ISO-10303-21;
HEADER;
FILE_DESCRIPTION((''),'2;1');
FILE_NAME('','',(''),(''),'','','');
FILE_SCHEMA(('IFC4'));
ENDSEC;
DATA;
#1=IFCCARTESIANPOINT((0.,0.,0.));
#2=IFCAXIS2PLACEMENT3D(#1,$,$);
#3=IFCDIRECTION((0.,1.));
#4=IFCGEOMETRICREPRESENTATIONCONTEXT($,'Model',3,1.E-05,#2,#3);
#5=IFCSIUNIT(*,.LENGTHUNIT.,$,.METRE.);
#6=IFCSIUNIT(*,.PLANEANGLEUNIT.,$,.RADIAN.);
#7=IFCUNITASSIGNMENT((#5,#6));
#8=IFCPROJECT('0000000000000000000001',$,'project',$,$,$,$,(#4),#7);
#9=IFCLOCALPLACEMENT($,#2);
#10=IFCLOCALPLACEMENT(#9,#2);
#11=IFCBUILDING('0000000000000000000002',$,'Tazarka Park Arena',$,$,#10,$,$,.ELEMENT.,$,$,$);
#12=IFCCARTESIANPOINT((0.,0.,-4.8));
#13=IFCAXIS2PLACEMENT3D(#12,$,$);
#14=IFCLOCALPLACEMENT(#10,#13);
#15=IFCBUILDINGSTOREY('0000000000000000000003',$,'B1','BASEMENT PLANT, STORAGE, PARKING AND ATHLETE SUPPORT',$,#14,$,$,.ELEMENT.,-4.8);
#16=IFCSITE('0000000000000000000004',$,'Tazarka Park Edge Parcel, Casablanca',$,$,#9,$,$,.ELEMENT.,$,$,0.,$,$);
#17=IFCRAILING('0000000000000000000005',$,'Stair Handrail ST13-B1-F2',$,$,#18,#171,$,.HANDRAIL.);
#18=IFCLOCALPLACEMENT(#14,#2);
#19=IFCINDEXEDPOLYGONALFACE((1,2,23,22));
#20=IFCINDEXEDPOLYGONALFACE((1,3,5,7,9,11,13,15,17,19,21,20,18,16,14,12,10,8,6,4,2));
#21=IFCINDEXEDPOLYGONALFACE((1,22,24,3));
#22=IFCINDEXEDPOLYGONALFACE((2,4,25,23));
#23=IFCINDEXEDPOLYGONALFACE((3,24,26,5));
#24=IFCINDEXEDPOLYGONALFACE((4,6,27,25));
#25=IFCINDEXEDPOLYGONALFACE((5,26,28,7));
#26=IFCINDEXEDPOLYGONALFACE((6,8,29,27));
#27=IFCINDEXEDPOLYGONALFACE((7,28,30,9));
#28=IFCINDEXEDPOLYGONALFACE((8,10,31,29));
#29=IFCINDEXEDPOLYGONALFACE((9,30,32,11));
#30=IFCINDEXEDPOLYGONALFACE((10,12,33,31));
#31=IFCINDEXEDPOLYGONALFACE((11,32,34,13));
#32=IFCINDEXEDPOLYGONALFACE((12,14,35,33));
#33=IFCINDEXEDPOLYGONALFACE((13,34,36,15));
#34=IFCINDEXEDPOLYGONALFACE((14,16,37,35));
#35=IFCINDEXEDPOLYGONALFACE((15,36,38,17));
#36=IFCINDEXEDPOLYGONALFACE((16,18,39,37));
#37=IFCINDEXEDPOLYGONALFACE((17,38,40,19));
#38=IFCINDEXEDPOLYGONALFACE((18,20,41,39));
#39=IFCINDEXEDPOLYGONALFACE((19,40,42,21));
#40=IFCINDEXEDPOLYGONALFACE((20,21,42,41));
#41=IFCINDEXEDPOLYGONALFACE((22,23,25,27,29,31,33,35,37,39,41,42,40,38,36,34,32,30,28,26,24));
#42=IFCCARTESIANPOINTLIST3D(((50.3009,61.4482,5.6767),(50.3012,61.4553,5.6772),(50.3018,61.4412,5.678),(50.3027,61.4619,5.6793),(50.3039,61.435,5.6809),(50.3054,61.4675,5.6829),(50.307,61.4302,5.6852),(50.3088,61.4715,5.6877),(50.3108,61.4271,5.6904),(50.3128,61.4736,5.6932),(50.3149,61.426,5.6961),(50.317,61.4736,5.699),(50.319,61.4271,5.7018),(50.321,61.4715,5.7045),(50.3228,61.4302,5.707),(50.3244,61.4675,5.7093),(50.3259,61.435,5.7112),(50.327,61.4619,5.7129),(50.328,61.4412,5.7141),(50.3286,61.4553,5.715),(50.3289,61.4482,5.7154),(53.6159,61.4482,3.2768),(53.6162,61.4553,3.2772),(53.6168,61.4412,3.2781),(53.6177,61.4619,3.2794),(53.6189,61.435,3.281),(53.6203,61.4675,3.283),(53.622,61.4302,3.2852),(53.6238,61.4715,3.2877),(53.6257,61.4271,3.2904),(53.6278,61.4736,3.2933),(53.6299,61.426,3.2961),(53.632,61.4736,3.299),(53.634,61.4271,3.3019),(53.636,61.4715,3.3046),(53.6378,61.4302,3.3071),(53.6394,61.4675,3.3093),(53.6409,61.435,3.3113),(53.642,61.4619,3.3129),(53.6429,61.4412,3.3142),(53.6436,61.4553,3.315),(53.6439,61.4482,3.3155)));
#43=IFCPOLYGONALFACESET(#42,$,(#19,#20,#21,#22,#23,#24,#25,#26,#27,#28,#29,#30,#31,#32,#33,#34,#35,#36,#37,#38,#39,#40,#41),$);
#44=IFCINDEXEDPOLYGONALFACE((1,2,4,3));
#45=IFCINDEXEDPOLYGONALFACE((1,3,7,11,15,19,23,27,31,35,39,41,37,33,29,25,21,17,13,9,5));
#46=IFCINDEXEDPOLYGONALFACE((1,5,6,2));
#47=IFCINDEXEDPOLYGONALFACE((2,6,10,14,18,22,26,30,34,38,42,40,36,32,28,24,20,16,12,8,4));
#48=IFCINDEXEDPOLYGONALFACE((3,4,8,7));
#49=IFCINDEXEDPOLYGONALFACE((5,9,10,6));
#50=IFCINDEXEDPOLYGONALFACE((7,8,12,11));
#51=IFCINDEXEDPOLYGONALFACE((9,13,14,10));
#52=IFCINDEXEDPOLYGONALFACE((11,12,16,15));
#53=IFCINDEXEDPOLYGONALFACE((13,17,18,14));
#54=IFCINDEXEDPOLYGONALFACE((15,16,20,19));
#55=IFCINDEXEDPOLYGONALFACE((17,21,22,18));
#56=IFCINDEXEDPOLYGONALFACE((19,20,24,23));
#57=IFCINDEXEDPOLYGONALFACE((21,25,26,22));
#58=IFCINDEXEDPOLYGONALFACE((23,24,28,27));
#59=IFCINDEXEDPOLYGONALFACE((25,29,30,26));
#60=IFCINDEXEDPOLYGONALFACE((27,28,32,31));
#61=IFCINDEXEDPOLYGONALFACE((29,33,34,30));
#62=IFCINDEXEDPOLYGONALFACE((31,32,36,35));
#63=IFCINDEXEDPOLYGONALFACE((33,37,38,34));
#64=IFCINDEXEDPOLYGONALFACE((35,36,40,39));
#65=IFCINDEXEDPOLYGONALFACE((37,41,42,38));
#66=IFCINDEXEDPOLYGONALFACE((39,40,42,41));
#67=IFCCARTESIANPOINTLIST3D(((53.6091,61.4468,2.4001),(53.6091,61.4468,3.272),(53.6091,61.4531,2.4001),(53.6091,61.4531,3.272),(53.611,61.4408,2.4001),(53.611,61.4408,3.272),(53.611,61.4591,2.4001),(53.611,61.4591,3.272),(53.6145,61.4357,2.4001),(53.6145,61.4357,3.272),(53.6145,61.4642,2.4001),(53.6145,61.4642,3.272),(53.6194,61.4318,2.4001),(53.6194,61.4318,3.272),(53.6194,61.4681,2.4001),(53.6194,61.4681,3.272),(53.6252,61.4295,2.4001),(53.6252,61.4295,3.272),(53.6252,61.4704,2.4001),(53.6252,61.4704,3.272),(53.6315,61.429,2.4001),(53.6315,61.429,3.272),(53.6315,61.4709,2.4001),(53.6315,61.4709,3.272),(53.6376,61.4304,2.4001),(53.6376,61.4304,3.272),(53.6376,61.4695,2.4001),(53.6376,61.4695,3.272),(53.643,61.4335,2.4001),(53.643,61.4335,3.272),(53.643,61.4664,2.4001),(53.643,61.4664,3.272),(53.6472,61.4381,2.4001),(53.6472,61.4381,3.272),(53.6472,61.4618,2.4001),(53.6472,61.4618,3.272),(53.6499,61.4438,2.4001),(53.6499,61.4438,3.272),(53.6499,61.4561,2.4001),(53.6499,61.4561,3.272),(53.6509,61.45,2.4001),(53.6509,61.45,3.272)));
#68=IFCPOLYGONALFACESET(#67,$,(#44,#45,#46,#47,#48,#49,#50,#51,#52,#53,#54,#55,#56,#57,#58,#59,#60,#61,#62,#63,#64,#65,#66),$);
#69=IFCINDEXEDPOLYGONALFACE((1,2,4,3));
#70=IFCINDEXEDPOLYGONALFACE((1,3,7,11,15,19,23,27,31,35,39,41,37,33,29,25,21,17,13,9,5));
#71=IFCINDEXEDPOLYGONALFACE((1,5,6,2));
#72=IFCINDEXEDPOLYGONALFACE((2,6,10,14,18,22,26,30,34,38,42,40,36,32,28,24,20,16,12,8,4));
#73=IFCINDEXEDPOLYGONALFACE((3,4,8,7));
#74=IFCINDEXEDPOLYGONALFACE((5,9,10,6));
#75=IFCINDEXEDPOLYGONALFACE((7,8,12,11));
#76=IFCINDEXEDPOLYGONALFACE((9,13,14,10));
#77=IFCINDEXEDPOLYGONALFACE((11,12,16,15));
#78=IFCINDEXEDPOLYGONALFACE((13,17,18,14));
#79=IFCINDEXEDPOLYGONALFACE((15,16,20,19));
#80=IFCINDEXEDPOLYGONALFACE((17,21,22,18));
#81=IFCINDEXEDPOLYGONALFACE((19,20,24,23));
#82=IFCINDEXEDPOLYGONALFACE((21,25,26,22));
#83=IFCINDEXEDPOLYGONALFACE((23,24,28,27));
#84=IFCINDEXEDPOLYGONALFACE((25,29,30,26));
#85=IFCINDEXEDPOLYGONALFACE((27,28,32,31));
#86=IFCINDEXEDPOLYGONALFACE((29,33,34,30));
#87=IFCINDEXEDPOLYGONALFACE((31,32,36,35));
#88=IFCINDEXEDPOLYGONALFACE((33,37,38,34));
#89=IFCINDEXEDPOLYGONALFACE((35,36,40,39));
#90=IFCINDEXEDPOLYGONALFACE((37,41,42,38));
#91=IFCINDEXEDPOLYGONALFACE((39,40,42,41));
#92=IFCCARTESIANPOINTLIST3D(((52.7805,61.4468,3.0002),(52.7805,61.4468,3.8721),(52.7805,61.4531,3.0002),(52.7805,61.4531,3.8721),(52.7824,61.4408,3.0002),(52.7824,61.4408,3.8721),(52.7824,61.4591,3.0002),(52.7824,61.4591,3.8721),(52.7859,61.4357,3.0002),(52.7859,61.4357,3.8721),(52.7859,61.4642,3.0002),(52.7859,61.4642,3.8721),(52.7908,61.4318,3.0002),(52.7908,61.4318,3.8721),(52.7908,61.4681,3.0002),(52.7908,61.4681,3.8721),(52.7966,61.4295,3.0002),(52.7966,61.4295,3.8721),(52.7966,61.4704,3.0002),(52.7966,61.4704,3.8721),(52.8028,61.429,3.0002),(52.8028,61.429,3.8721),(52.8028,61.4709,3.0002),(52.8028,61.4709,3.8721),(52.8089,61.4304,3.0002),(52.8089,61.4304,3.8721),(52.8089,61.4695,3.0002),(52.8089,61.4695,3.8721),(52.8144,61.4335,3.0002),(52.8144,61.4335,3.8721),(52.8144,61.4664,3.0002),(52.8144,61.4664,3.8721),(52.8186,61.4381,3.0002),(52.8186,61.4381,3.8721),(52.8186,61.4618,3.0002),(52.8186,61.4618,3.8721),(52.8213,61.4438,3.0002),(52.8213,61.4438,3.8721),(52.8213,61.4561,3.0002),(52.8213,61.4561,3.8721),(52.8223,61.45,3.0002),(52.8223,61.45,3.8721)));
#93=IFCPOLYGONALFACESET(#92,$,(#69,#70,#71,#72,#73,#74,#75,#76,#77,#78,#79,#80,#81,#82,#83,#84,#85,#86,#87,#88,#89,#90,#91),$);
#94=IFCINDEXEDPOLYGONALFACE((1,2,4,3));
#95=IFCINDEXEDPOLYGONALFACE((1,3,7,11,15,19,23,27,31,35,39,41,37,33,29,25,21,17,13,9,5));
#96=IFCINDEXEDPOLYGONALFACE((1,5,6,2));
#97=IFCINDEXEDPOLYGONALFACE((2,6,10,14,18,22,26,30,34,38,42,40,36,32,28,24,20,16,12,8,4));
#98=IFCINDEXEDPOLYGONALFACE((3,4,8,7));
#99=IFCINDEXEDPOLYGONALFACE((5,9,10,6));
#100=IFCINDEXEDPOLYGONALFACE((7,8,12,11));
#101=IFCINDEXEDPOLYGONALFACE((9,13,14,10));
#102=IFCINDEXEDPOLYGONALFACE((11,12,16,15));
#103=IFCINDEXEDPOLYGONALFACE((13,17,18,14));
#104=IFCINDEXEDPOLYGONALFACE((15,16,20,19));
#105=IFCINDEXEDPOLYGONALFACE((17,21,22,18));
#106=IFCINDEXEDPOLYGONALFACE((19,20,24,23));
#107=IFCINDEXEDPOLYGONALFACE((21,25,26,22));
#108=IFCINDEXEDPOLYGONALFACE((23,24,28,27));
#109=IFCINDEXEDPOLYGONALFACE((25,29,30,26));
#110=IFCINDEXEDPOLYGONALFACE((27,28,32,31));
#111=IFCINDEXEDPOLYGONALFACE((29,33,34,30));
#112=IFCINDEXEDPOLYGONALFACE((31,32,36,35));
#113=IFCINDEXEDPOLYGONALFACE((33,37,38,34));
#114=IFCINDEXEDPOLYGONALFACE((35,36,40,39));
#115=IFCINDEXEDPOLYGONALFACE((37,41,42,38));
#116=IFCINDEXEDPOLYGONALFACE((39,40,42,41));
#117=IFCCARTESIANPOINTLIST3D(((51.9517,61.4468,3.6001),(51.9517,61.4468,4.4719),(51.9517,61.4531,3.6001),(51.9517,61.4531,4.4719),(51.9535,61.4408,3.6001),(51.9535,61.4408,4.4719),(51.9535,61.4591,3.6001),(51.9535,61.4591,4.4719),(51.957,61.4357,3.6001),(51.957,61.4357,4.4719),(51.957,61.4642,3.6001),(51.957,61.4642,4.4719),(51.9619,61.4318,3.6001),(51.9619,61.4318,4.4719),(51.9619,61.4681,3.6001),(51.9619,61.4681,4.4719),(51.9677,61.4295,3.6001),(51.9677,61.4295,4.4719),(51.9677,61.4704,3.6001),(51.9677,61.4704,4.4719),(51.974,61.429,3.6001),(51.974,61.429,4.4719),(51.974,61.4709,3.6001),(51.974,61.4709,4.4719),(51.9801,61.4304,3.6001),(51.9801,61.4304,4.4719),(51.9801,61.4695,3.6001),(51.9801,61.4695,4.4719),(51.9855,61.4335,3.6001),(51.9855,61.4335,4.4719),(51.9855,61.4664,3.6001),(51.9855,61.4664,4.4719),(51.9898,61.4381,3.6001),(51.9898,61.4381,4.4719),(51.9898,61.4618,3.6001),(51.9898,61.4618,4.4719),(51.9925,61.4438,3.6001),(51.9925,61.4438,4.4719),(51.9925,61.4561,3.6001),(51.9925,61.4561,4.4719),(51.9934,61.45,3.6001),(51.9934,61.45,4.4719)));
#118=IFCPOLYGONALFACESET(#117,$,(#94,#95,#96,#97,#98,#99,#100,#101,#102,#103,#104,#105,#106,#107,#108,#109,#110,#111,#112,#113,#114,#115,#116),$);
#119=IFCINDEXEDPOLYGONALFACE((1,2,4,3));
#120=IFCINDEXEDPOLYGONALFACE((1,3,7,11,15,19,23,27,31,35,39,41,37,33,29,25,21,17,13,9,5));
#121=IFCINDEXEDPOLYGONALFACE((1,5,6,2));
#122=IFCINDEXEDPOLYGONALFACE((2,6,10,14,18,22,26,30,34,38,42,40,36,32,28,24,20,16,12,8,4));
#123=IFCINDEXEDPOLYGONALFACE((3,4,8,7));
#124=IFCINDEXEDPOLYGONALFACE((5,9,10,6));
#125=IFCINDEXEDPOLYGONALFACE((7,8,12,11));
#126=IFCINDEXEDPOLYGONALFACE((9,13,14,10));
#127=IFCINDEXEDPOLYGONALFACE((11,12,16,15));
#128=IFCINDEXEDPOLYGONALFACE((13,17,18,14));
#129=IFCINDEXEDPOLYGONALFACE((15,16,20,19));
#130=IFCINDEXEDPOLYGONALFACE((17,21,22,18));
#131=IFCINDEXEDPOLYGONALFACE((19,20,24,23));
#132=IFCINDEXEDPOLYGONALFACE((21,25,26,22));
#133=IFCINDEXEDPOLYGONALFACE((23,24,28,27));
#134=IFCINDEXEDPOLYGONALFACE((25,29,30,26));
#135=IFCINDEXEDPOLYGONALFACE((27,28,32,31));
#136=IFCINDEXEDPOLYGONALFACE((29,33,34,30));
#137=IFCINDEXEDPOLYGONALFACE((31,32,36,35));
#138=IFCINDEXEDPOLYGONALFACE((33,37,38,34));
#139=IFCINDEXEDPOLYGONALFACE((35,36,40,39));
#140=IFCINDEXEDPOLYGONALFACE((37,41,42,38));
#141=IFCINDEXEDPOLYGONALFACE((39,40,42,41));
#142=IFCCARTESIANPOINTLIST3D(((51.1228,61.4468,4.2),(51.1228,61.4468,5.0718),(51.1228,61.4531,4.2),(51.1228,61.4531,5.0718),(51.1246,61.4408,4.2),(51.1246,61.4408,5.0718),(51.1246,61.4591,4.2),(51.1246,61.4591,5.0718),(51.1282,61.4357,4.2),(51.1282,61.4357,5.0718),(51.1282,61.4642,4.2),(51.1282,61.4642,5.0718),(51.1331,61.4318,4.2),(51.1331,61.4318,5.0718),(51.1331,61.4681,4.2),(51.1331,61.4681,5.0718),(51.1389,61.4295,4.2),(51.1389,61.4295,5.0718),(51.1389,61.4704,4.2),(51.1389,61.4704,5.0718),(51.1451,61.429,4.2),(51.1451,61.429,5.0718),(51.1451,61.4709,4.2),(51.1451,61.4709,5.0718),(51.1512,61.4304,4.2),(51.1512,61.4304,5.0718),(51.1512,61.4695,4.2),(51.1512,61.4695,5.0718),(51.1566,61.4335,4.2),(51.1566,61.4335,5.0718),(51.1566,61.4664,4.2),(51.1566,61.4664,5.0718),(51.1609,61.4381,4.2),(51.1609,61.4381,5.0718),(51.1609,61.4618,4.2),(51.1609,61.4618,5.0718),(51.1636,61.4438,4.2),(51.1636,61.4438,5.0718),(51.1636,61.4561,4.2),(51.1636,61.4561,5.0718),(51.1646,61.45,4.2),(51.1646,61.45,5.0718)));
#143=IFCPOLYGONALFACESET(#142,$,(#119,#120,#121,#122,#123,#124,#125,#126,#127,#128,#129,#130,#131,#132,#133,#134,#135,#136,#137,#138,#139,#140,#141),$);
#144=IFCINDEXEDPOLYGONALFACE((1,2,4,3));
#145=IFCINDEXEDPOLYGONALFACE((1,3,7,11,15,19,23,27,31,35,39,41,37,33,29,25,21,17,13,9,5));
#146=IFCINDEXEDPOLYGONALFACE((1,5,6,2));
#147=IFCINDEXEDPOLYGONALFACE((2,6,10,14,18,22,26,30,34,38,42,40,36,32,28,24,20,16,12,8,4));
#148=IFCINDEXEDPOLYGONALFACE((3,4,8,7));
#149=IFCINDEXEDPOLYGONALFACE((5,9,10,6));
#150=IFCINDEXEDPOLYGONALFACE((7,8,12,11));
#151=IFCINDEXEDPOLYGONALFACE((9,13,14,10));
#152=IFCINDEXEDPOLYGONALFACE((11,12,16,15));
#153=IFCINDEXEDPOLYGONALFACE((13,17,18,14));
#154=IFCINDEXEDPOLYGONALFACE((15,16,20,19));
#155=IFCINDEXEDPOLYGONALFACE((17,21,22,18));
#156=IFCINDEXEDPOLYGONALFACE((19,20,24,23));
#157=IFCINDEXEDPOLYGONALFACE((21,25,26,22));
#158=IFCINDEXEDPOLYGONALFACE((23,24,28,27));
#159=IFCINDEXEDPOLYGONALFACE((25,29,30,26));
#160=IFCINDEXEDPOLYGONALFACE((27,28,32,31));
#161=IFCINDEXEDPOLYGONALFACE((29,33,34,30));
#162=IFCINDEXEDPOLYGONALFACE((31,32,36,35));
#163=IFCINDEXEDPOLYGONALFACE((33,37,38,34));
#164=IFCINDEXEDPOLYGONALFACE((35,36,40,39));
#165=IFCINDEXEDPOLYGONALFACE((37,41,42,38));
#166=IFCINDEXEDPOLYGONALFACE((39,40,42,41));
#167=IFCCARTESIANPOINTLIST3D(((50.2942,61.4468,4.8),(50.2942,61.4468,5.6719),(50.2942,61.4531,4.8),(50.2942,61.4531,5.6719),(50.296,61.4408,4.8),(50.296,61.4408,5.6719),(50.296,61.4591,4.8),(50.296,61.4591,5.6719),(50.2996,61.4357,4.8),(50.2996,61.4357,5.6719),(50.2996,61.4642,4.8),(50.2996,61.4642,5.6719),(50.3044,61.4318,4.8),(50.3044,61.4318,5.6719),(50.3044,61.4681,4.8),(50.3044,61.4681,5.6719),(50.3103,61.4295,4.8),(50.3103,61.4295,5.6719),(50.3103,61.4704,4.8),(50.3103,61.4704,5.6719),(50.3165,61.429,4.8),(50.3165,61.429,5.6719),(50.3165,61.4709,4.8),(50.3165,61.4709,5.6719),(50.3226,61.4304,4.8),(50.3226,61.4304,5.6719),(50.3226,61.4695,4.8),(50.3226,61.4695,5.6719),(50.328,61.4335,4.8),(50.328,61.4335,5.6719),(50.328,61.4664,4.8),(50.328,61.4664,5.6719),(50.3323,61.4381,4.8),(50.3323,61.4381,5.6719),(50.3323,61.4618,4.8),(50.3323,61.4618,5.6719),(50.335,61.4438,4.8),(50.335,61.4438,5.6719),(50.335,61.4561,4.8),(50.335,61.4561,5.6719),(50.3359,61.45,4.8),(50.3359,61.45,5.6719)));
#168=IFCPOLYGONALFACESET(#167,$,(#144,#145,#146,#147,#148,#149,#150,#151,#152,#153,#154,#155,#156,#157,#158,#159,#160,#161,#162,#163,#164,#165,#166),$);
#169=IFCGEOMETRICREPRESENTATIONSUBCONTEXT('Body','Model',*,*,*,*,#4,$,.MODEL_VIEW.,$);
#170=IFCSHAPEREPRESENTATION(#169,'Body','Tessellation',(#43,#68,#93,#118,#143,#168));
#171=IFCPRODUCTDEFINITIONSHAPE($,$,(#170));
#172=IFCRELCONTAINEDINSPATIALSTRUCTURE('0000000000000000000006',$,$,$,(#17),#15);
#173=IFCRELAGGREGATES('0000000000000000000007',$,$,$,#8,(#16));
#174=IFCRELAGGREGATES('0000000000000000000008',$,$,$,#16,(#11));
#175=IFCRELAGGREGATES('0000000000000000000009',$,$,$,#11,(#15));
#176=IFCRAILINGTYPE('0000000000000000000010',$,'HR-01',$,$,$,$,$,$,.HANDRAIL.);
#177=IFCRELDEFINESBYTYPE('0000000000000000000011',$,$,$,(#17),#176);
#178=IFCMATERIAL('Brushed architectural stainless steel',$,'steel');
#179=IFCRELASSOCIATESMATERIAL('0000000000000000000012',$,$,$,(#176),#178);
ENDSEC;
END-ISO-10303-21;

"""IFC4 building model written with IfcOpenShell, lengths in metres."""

from ifc_helpers import new_model, si_unit, direction, frame, origin, origin_2d, place, context, subcontext, project, spatial, circle, extrude, material, type_object, element, save


model = new_model("IFC4")

# Units and contexts
model_context = context("Model", 3, precision=1e-05, world=origin(), true_north=direction((0.0, 1.0)))
body_context = subcontext(model_context, "Body", "Model", "MODEL_VIEW")
ifc_project = project(units=[si_unit("LENGTHUNIT", "METRE"), si_unit("PLANEANGLEUNIT", "RADIAN")], contexts=[model_context])

# Site, building, storey
site_placement = place(None, origin())
site = spatial("IfcSite", under=ifc_project, at=site_placement, Name="Tazarka Park Edge Parcel, Casablanca", CompositionType="ELEMENT", RefElevation=0.0)
building_placement = place(site_placement, origin())
building = spatial("IfcBuilding", under=site, at=building_placement, Name="Tazarka Park Arena", CompositionType="ELEMENT")
storey_placement = place(building_placement, frame((0.0, 0.0, -4.8)))
storey = spatial("IfcBuildingStorey", under=building, at=storey_placement, Name="B1", Description="BASEMENT PLANT, STORAGE, PARKING AND ATHLETE SUPPORT", CompositionType="ELEMENT", Elevation=-4.8)

# Railing
ifc_material_1 = material(Name="Brushed architectural stainless steel", Category="steel")
railing_type_1 = type_object("IfcRailingType", Name="HR-01", PredefinedType="HANDRAIL", material=ifc_material_1)
railing_1_placement = place(storey_placement, frame((53.6299, 61.45, 2.4001)))
element("IfcRailing", 1, at=railing_1_placement, inside=storey, type_object=railing_type_1, Name="Stair Handrail ST13-B1-F2", PredefinedType="HANDRAIL", context=body_context, shape_type="SweptSolid", body=[
    extrude(circle(Radius=0.0239, at=origin_2d()), frame((0.0, 0.0, 0.896), z_axis=(-0.810009, 0.0, 0.586418), x_axis=(0.0, -1.0, 0.0)), (0.0, 0.0, 1.0), 4.0925),
    extrude(circle(Radius=0.021, at=origin_2d()), origin(), (0.0, 0.0, 1.0), 0.8718),
    extrude(circle(Radius=0.021, at=origin_2d()), frame((-0.8286, 0.0, 0.6001)), (0.0, 0.0, 1.0), 0.8718),
    extrude(circle(Radius=0.021, at=origin_2d()), frame((-1.6575, 0.0, 1.2)), (0.0, 0.0, 1.0), 0.8718),
    extrude(circle(Radius=0.021, at=origin_2d()), frame((-2.4863, 0.0, 1.7998)), (0.0, 0.0, 1.0), 0.8718),
    extrude(circle(Radius=0.021, at=origin_2d()), frame((-3.3149, 0.0, 2.3999)), (0.0, 0.0, 1.0), 0.8718),
])

save(model, "model.ifc")
